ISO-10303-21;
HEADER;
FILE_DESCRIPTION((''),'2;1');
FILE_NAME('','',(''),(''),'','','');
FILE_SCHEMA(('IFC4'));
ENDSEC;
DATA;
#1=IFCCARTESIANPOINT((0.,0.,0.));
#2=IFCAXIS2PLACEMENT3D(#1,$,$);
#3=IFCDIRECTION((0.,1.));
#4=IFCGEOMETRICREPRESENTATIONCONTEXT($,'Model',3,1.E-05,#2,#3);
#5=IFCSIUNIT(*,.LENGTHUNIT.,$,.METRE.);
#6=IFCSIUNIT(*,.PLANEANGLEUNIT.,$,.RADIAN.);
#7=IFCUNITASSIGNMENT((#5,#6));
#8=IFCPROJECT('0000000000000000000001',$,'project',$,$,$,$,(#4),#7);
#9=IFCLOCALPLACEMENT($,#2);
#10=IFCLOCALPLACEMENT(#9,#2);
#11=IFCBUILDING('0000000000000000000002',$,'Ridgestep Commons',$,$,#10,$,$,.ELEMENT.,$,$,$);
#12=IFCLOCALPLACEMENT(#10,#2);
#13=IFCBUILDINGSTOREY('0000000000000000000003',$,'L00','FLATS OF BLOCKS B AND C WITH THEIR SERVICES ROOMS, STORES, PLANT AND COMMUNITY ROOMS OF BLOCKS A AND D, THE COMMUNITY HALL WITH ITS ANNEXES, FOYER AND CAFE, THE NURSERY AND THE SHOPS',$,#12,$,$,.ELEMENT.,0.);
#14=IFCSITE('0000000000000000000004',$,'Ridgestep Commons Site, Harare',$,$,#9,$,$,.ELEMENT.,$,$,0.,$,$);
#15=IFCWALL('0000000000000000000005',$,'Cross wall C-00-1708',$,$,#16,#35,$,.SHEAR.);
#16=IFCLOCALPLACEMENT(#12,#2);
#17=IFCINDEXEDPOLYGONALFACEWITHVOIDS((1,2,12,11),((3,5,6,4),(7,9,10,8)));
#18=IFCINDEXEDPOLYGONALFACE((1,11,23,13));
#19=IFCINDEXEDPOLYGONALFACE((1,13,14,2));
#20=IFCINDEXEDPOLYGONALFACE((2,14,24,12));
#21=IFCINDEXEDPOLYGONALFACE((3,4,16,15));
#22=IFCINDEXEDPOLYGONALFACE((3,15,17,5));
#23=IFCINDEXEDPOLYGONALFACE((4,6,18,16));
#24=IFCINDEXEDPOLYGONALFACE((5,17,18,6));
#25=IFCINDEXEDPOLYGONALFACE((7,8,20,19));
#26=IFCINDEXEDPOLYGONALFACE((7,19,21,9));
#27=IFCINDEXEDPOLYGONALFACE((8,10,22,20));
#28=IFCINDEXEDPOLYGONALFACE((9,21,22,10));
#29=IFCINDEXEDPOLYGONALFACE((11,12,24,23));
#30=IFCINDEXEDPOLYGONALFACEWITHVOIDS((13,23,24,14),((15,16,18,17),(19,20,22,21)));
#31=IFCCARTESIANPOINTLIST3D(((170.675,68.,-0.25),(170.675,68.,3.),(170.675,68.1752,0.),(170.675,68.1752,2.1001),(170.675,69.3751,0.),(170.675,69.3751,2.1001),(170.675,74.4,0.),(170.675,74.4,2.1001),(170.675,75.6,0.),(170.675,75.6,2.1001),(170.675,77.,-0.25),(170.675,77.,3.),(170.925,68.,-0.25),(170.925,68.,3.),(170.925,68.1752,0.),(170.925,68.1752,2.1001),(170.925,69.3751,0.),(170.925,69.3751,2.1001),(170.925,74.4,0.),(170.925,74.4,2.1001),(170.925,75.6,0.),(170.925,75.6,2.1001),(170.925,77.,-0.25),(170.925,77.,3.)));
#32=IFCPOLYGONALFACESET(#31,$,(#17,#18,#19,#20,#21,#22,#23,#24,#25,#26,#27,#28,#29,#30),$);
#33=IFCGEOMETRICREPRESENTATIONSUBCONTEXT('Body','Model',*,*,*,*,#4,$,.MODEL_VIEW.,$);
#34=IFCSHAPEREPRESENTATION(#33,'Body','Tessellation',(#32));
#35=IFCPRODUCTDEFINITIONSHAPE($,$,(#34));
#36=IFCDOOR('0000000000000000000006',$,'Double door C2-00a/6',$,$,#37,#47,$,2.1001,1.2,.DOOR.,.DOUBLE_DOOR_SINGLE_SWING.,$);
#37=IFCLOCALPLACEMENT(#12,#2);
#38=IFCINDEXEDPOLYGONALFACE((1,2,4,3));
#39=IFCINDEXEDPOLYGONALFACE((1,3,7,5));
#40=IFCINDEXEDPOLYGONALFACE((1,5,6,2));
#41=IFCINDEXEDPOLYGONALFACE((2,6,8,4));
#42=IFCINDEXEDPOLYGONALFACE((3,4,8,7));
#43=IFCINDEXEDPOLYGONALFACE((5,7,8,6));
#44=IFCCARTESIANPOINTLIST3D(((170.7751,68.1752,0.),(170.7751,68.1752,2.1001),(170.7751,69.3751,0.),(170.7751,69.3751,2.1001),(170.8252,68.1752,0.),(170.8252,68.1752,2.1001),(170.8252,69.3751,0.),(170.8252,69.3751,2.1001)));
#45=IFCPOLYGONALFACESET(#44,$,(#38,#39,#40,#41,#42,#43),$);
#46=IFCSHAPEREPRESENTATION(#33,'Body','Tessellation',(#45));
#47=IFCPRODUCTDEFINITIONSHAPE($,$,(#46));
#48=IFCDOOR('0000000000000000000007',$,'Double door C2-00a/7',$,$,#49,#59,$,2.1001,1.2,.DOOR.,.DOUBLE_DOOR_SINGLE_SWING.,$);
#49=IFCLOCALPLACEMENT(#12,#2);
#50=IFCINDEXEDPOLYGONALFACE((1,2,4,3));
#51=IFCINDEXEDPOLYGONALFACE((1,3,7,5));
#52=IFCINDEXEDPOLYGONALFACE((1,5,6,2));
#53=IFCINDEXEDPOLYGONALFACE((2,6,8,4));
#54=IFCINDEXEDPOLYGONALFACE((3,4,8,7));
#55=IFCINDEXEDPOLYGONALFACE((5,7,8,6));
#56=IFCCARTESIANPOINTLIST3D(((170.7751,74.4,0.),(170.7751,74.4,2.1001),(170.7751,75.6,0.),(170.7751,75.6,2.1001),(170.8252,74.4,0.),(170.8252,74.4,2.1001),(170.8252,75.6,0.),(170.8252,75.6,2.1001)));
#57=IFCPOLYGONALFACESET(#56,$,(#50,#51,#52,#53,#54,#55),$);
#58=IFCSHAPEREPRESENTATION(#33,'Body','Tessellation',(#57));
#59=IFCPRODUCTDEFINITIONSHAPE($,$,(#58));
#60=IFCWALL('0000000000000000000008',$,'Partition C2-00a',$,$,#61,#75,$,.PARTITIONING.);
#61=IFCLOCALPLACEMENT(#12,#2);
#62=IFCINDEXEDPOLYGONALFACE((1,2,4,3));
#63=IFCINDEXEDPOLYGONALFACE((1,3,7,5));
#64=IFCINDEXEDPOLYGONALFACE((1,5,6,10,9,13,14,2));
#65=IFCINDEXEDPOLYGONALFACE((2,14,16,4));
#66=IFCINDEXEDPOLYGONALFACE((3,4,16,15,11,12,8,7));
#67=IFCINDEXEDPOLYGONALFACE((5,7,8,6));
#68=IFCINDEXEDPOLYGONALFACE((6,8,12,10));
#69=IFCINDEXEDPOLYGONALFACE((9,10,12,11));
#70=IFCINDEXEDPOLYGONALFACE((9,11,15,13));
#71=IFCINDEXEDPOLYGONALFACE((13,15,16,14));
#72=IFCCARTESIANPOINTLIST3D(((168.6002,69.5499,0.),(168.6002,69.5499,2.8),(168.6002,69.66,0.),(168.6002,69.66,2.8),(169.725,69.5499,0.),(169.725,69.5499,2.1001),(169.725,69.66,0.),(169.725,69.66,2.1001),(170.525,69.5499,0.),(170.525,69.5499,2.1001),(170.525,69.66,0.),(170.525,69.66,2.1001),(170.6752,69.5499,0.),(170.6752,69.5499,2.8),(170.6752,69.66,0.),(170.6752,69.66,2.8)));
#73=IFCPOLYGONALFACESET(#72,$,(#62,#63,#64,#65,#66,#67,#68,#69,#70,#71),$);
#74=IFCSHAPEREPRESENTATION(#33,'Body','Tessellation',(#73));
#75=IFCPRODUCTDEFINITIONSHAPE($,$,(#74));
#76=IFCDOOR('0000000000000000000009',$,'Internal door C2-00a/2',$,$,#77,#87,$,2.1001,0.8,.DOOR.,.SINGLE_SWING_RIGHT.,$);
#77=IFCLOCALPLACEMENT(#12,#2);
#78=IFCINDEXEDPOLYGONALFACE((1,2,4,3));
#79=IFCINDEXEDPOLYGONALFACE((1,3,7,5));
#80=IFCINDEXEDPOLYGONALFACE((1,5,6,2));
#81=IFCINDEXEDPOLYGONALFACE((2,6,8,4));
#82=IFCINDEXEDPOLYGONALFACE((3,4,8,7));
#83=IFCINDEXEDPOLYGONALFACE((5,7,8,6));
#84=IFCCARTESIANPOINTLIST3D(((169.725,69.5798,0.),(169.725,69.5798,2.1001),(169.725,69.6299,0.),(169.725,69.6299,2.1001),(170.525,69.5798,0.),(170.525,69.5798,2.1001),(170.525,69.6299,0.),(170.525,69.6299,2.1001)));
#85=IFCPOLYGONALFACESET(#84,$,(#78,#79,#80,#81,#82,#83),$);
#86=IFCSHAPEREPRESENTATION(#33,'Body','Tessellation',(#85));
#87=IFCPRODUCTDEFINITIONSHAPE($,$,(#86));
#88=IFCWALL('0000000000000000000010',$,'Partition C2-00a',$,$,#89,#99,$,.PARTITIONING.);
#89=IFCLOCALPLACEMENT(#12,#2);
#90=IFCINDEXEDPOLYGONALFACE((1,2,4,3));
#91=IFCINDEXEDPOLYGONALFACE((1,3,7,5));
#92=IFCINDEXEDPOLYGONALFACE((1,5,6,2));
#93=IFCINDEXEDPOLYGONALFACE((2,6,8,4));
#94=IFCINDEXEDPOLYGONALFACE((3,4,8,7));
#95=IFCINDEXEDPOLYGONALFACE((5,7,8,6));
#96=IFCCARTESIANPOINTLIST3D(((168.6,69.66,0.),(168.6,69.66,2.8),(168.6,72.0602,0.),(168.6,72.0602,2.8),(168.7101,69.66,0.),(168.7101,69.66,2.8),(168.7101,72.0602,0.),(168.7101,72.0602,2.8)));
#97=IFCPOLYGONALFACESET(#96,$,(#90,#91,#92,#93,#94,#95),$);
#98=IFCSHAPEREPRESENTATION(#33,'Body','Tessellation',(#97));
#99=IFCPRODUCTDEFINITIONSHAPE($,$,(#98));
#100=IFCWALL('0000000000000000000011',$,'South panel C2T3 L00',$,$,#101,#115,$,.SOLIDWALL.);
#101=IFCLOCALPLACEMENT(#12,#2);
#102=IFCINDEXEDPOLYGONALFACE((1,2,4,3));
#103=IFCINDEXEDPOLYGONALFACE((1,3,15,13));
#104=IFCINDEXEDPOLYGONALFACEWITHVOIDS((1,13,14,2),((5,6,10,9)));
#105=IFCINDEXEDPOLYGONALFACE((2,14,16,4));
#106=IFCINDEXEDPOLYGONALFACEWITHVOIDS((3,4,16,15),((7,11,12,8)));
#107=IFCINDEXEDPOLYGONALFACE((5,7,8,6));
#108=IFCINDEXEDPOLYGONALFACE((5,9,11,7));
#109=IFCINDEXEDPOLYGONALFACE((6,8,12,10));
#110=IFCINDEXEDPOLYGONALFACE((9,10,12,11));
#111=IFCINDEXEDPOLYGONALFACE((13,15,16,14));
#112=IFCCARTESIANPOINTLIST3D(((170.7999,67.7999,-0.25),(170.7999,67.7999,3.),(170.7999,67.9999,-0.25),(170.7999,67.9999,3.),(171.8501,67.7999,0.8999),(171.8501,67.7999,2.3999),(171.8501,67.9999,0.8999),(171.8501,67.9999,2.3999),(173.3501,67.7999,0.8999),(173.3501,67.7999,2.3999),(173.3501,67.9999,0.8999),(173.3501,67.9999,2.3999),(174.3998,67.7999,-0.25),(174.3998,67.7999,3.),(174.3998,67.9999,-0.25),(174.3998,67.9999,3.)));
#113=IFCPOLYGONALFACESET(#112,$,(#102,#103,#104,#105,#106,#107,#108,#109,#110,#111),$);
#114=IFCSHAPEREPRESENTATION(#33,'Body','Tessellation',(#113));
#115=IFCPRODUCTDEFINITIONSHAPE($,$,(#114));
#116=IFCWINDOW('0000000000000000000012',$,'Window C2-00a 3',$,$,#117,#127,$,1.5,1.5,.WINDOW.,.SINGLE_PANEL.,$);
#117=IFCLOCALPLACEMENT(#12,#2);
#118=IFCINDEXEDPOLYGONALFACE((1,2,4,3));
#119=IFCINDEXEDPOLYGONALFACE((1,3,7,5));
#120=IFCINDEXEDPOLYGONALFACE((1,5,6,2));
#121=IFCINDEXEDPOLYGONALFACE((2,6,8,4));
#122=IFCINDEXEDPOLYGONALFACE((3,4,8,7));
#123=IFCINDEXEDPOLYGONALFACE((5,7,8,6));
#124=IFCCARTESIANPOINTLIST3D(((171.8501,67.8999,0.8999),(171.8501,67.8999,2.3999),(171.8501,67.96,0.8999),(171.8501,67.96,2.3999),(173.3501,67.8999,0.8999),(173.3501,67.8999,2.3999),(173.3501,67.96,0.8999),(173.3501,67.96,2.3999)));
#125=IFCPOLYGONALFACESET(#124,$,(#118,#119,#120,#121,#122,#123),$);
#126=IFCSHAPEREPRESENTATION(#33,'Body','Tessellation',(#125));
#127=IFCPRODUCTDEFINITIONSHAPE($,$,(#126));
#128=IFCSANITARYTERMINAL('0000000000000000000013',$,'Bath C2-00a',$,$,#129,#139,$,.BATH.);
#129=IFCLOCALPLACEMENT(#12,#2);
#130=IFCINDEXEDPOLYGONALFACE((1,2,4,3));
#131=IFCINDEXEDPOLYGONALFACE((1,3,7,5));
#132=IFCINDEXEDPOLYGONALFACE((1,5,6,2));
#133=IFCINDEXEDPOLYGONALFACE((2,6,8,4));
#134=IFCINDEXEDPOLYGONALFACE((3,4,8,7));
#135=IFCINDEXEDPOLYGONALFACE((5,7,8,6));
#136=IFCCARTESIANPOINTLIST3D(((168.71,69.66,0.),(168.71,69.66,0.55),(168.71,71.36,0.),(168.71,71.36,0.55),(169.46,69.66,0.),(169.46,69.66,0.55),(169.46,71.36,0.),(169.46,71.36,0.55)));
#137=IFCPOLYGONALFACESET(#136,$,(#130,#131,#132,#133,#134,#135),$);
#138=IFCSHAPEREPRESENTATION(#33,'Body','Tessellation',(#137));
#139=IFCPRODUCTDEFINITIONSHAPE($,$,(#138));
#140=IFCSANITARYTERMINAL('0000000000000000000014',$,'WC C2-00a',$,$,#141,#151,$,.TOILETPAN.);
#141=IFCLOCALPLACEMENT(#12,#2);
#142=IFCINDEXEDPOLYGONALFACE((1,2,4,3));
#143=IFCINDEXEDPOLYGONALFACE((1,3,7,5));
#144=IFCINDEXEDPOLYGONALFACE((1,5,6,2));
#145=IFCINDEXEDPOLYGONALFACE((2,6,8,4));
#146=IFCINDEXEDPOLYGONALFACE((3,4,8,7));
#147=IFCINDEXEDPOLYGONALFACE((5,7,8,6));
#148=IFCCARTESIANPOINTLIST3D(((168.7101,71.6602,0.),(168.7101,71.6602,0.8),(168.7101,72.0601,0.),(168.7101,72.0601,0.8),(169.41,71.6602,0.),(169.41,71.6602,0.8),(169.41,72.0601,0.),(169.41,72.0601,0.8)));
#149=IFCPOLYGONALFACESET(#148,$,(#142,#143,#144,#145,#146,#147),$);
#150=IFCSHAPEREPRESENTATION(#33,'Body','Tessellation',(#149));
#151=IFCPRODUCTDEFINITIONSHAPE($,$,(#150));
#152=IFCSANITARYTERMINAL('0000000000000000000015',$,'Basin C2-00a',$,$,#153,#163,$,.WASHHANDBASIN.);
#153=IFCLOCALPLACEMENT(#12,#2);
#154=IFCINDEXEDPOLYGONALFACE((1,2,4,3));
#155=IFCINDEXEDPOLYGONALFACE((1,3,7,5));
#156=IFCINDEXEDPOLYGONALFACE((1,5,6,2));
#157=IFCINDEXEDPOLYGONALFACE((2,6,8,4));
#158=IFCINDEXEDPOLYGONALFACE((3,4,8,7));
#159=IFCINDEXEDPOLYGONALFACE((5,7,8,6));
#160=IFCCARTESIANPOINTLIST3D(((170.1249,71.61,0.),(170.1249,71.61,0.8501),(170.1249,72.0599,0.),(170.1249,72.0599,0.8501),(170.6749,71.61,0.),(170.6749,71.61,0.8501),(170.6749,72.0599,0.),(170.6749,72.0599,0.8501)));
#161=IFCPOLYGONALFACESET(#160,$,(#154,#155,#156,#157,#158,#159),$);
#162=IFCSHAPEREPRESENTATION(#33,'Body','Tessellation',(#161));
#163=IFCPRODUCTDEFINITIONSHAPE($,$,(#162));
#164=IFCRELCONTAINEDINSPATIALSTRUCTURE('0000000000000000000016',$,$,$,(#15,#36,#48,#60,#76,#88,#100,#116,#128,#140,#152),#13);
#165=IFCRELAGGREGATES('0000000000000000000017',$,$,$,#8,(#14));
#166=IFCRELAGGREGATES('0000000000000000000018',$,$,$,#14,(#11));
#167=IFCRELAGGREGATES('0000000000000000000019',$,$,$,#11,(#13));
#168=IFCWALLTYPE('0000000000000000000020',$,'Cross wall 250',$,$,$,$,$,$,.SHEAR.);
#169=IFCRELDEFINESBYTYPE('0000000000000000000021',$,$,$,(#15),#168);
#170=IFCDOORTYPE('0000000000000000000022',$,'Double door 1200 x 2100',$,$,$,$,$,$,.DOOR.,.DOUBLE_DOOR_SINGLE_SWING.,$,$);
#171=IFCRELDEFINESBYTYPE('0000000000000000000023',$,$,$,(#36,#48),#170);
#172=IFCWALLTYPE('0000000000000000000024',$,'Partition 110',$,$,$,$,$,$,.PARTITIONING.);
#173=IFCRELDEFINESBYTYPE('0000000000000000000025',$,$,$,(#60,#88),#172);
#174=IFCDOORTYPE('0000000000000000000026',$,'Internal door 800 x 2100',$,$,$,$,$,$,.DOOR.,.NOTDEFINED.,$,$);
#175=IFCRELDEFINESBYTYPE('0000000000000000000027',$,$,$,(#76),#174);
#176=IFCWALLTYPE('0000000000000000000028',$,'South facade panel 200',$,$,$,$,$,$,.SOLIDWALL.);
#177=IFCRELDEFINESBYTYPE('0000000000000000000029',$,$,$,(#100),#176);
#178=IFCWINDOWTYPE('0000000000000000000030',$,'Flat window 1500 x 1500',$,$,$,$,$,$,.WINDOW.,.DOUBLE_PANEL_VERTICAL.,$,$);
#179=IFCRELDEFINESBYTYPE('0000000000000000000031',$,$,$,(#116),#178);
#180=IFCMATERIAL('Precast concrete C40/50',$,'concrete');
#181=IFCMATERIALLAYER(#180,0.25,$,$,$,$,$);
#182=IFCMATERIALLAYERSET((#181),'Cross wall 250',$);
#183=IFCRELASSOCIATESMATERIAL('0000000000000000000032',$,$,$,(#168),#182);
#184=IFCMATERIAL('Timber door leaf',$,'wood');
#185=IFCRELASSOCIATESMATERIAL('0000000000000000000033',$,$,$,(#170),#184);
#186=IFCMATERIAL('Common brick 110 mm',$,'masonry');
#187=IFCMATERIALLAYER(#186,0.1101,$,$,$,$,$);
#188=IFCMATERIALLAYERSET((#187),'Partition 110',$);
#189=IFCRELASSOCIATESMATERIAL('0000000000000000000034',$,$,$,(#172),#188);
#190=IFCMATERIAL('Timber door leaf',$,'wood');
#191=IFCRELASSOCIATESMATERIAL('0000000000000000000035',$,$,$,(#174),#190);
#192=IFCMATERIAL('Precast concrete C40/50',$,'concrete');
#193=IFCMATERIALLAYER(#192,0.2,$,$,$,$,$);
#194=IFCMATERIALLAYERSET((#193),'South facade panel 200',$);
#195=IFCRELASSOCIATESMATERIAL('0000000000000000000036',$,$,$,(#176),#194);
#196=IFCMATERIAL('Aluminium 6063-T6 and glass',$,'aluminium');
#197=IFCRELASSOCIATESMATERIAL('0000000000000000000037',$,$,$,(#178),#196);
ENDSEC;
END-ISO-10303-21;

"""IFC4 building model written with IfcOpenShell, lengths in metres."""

from ifc_helpers import new_model, si_unit, direction, frame, frame_2d, origin, origin_2d, place, context, subcontext, project, spatial, rectangle, extrude, material, layer, layer_set, type_object, element, fill, save


model = new_model("IFC4")

# Units and contexts
model_context = context("Model", 3, precision=1e-05, world=origin(), true_north=direction((0.0, 1.0)))
body_context = subcontext(model_context, "Body", "Model", "MODEL_VIEW")
ifc_project = project(units=[si_unit("LENGTHUNIT", "METRE"), si_unit("PLANEANGLEUNIT", "RADIAN")], contexts=[model_context])

# Site, building, storey
site_placement = place(None, origin())
site = spatial("IfcSite", under=ifc_project, at=site_placement, Name="Ridgestep Commons Site, Harare", CompositionType="ELEMENT", RefElevation=0.0)
building_placement = place(site_placement, origin())
building = spatial("IfcBuilding", under=site, at=building_placement, Name="Ridgestep Commons", CompositionType="ELEMENT")
storey_placement = place(building_placement, origin())
storey = spatial("IfcBuildingStorey", under=building, at=storey_placement, Name="L00", Description="FLATS OF BLOCKS B AND C WITH THEIR SERVICES ROOMS, STORES, PLANT AND COMMUNITY ROOMS OF BLOCKS A AND D, THE COMMUNITY HALL WITH ITS ANNEXES, FOYER AND CAFE, THE NURSERY AND THE SHOPS", CompositionType="ELEMENT", Elevation=0.0)

# Wall, openings, doors
ifc_material_1 = material(Name="Precast concrete C40/50", Category="concrete")
ifc_layer_1 = layer(ifc_material_1, 0.25)
ifc_layer_set_1 = layer_set([ifc_layer_1], Name="Cross wall 250")
wall_type_1 = type_object("IfcWallType", Name="Cross wall 250", PredefinedType="SHEAR", material=ifc_layer_set_1)
wall_1_placement = place(storey_placement, frame((170.8, 68.0, -0.25), z_axis=(0.0, 0.0, 1.0), x_axis=(0.0, 1.0, 0.0)))
wall_1 = element("IfcWall", 1, at=wall_1_placement, inside=storey, type_object=wall_type_1, Name="Cross wall C-00-1708", PredefinedType="SHEAR", context=body_context, shape_type="SweptSolid", body=[
    extrude(rectangle(XDim=9.0, YDim=0.25, at=frame_2d((4.5, 0.0))), origin(), (0.0, 0.0, 1.0), 3.25),
])
opening_1_placement = place(wall_1_placement, frame((0.175, 0.0, 0.25)))
opening_1 = element("IfcOpeningElement", 2, at=opening_1_placement, cuts=wall_1, PredefinedType="OPENING", context=body_context, shape_type="SweptSolid", body=[
    extrude(rectangle(XDim=1.2, YDim=2.1001, at=frame_2d((0.6001, 1.05))), frame((0.0, 0.135, 0.0), z_axis=(0.0, -1.0, 0.0), x_axis=(1.0, 0.0, 0.0)), (0.0, 0.0, 1.0), 0.27),
])
opening_2_placement = place(wall_1_placement, frame((6.3999, 0.0, 0.25)))
opening_2 = element("IfcOpeningElement", 3, at=opening_2_placement, cuts=wall_1, PredefinedType="OPENING", context=body_context, shape_type="SweptSolid", body=[
    extrude(rectangle(XDim=1.2, YDim=2.1001, at=frame_2d((0.6001, 1.05))), frame((0.0, 0.135, 0.0), z_axis=(0.0, -1.0, 0.0), x_axis=(1.0, 0.0, 0.0)), (0.0, 0.0, 1.0), 0.27),
])
ifc_material_2 = material(Name="Timber door leaf", Category="wood")
door_type_1 = type_object("IfcDoorType", Name="Double door 1200 x 2100", OperationType="DOUBLE_DOOR_SINGLE_SWING", PredefinedType="DOOR", material=ifc_material_2)
door_1_placement = place(opening_1_placement, origin())
door_1 = element("IfcDoor", 4, at=door_1_placement, inside=storey, type_object=door_type_1, Name="Double door C2-00a/6", OperationType="DOUBLE_DOOR_SINGLE_SWING", OverallHeight=2.1001, OverallWidth=1.2, PredefinedType="DOOR", context=body_context, shape_type="SweptSolid", body=[
    extrude(rectangle(XDim=1.2, YDim=2.1001, at=frame_2d((0.6001, 1.05))), frame((0.0, 0.0249, 0.0), z_axis=(0.0, -1.0, 0.0), x_axis=(1.0, 0.0, 0.0)), (0.0, 0.0, 1.0), 0.05),
])
fill(opening_1, door_1)
door_2_placement = place(opening_2_placement, origin())
door_2 = element("IfcDoor", 5, at=door_2_placement, inside=storey, type_object=door_type_1, Name="Double door C2-00a/7", OperationType="DOUBLE_DOOR_SINGLE_SWING", OverallHeight=2.1001, OverallWidth=1.2, PredefinedType="DOOR", context=body_context, shape_type="SweptSolid", body=[
    extrude(rectangle(XDim=1.2, YDim=2.1001, at=frame_2d((0.6001, 1.05))), frame((0.0, 0.0249, 0.0), z_axis=(0.0, -1.0, 0.0), x_axis=(1.0, 0.0, 0.0)), (0.0, 0.0, 1.0), 0.05),
])
fill(opening_2, door_2)

# Wall, opening, door
ifc_material_3 = material(Name="Common brick 110 mm", Category="masonry")
ifc_layer_2 = layer(ifc_material_3, 0.1101)
ifc_layer_set_2 = layer_set([ifc_layer_2], Name="Partition 110")
wall_type_2 = type_object("IfcWallType", Name="Partition 110", PredefinedType="PARTITIONING", material=ifc_layer_set_2)
wall_2_placement = place(storey_placement, frame((168.6001, 69.605, 0.0), z_axis=(0.0, 0.0, 1.0), x_axis=(1.0, 0.0, 0.0)))
wall_2 = element("IfcWall", 6, at=wall_2_placement, inside=storey, type_object=wall_type_2, Name="Partition C2-00a", PredefinedType="PARTITIONING", context=body_context, shape_type="SweptSolid", body=[
    extrude(rectangle(XDim=2.075, YDim=0.1101, at=frame_2d((1.0376, 0.0))), origin(), (0.0, 0.0, 1.0), 2.8),
])
opening_3_placement = place(wall_2_placement, frame((1.125, 0.0, 0.0)))
opening_3 = element("IfcOpeningElement", 7, at=opening_3_placement, cuts=wall_2, PredefinedType="OPENING", context=body_context, shape_type="SweptSolid", body=[
    extrude(rectangle(XDim=0.8, YDim=2.1001, at=frame_2d((0.3999, 1.05))), frame((0.0, 0.0649, 0.0), z_axis=(0.0, -1.0, 0.0), x_axis=(1.0, 0.0, 0.0)), (0.0, 0.0, 1.0), 0.1301),
])
ifc_material_4 = material(Name="Timber door leaf", Category="wood")
door_type_2 = type_object("IfcDoorType", Name="Internal door 800 x 2100", OperationType="NOTDEFINED", PredefinedType="DOOR", material=ifc_material_4)
door_3_placement = place(opening_3_placement, origin())
door_3 = element("IfcDoor", 8, at=door_3_placement, inside=storey, type_object=door_type_2, Name="Internal door C2-00a/2", OperationType="SINGLE_SWING_RIGHT", OverallHeight=2.1001, OverallWidth=0.8, PredefinedType="DOOR", context=body_context, shape_type="SweptSolid", body=[
    extrude(rectangle(XDim=0.8, YDim=2.1001, at=frame_2d((0.3999, 1.05))), frame((0.0, 0.0249, 0.0), z_axis=(0.0, -1.0, 0.0), x_axis=(1.0, 0.0, 0.0)), (0.0, 0.0, 1.0), 0.05),
])
fill(opening_3, door_3)

# Wall
wall_3_placement = place(storey_placement, frame((168.655, 69.6599, 0.0), z_axis=(0.0, 0.0, 1.0), x_axis=(0.0, 1.0, 0.0)))
element("IfcWall", 9, at=wall_3_placement, inside=storey, type_object=wall_type_2, Name="Partition C2-00a", PredefinedType="PARTITIONING", context=body_context, shape_type="SweptSolid", body=[
    extrude(rectangle(XDim=2.4001, YDim=0.1101, at=frame_2d((1.2002, 0.0))), origin(), (0.0, 0.0, 1.0), 2.8),
])

# Wall, opening, window
ifc_material_5 = material(Name="Precast concrete C40/50", Category="concrete")
ifc_layer_3 = layer(ifc_material_5, 0.2)
ifc_layer_set_3 = layer_set([ifc_layer_3], Name="South facade panel 200")
wall_type_3 = type_object("IfcWallType", Name="South facade panel 200", PredefinedType="SOLIDWALL", material=ifc_layer_set_3)
wall_4_placement = place(storey_placement, frame((170.8, 67.8999, -0.25), z_axis=(0.0, 0.0, 1.0), x_axis=(1.0, 0.0, 0.0)))
wall_4 = element("IfcWall", 10, at=wall_4_placement, inside=storey, type_object=wall_type_3, Name="South panel C2T3 L00", PredefinedType="SOLIDWALL", context=body_context, shape_type="SweptSolid", body=[
    extrude(rectangle(XDim=3.5999, YDim=0.2, at=frame_2d((1.7998, 0.0))), origin(), (0.0, 0.0, 1.0), 3.25),
])
opening_4_placement = place(wall_4_placement, frame((1.05, 0.0, 1.1499)))
opening_4 = element("IfcOpeningElement", 11, at=opening_4_placement, cuts=wall_4, PredefinedType="OPENING", context=body_context, shape_type="SweptSolid", body=[
    extrude(rectangle(XDim=1.5, YDim=1.5, at=frame_2d((0.75, 0.75))), frame((0.0, 0.1099, 0.0), z_axis=(0.0, -1.0, 0.0), x_axis=(1.0, 0.0, 0.0)), (0.0, 0.0, 1.0), 0.22),
])
ifc_material_6 = material(Name="Aluminium 6063-T6 and glass", Category="aluminium")
window_type = type_object("IfcWindowType", Name="Flat window 1500 x 1500", PartitioningType="DOUBLE_PANEL_VERTICAL", PredefinedType="WINDOW", material=ifc_material_6)
window_placement = place(opening_4_placement, origin())
window = element("IfcWindow", 12, at=window_placement, inside=storey, type_object=window_type, Name="Window C2-00a 3", OverallHeight=1.5, OverallWidth=1.5, PartitioningType="SINGLE_PANEL", PredefinedType="WINDOW", context=body_context, shape_type="SweptSolid", body=[
    extrude(rectangle(XDim=1.5, YDim=1.5, at=frame_2d((0.75, 0.75))), frame((0.0, 0.0601, 0.0), z_axis=(0.0, -1.0, 0.0), x_axis=(1.0, 0.0, 0.0)), (0.0, 0.0, 1.0), 0.0601),
])
fill(opening_4, window)

# Sanitary terminals
sanitary_terminal_1_placement = place(storey_placement, frame((169.085, 70.51, 0.0), z_axis=(0.0, 0.0, 1.0), x_axis=(1.0, 0.0, 0.0)))
element("IfcSanitaryTerminal", 13, at=sanitary_terminal_1_placement, inside=storey, Name="Bath C2-00a", PredefinedType="BATH", context=body_context, shape_type="SweptSolid", body=[
    extrude(rectangle(XDim=0.75, YDim=1.7, at=origin_2d()), origin(), (0.0, 0.0, 1.0), 0.55),
])
sanitary_terminal_2_placement = place(storey_placement, frame((169.0601, 71.8601, 0.0), z_axis=(0.0, 0.0, 1.0), x_axis=(1.0, 0.0, 0.0)))
element("IfcSanitaryTerminal", 14, at=sanitary_terminal_2_placement, inside=storey, Name="WC C2-00a", PredefinedType="TOILETPAN", context=body_context, shape_type="SweptSolid", body=[
    extrude(rectangle(XDim=0.7, YDim=0.3999, at=origin_2d()), origin(), (0.0, 0.0, 1.0), 0.8),
])
sanitary_terminal_3_placement = place(storey_placement, frame((170.3999, 71.835, 0.0), z_axis=(0.0, 0.0, 1.0), x_axis=(1.0, 0.0, 0.0)))
element("IfcSanitaryTerminal", 15, at=sanitary_terminal_3_placement, inside=storey, Name="Basin C2-00a", PredefinedType="WASHHANDBASIN", context=body_context, shape_type="SweptSolid", body=[
    extrude(rectangle(XDim=0.55, YDim=0.45, at=origin_2d()), origin(), (0.0, 0.0, 1.0), 0.8501),
])

save(model, "model.ifc")
